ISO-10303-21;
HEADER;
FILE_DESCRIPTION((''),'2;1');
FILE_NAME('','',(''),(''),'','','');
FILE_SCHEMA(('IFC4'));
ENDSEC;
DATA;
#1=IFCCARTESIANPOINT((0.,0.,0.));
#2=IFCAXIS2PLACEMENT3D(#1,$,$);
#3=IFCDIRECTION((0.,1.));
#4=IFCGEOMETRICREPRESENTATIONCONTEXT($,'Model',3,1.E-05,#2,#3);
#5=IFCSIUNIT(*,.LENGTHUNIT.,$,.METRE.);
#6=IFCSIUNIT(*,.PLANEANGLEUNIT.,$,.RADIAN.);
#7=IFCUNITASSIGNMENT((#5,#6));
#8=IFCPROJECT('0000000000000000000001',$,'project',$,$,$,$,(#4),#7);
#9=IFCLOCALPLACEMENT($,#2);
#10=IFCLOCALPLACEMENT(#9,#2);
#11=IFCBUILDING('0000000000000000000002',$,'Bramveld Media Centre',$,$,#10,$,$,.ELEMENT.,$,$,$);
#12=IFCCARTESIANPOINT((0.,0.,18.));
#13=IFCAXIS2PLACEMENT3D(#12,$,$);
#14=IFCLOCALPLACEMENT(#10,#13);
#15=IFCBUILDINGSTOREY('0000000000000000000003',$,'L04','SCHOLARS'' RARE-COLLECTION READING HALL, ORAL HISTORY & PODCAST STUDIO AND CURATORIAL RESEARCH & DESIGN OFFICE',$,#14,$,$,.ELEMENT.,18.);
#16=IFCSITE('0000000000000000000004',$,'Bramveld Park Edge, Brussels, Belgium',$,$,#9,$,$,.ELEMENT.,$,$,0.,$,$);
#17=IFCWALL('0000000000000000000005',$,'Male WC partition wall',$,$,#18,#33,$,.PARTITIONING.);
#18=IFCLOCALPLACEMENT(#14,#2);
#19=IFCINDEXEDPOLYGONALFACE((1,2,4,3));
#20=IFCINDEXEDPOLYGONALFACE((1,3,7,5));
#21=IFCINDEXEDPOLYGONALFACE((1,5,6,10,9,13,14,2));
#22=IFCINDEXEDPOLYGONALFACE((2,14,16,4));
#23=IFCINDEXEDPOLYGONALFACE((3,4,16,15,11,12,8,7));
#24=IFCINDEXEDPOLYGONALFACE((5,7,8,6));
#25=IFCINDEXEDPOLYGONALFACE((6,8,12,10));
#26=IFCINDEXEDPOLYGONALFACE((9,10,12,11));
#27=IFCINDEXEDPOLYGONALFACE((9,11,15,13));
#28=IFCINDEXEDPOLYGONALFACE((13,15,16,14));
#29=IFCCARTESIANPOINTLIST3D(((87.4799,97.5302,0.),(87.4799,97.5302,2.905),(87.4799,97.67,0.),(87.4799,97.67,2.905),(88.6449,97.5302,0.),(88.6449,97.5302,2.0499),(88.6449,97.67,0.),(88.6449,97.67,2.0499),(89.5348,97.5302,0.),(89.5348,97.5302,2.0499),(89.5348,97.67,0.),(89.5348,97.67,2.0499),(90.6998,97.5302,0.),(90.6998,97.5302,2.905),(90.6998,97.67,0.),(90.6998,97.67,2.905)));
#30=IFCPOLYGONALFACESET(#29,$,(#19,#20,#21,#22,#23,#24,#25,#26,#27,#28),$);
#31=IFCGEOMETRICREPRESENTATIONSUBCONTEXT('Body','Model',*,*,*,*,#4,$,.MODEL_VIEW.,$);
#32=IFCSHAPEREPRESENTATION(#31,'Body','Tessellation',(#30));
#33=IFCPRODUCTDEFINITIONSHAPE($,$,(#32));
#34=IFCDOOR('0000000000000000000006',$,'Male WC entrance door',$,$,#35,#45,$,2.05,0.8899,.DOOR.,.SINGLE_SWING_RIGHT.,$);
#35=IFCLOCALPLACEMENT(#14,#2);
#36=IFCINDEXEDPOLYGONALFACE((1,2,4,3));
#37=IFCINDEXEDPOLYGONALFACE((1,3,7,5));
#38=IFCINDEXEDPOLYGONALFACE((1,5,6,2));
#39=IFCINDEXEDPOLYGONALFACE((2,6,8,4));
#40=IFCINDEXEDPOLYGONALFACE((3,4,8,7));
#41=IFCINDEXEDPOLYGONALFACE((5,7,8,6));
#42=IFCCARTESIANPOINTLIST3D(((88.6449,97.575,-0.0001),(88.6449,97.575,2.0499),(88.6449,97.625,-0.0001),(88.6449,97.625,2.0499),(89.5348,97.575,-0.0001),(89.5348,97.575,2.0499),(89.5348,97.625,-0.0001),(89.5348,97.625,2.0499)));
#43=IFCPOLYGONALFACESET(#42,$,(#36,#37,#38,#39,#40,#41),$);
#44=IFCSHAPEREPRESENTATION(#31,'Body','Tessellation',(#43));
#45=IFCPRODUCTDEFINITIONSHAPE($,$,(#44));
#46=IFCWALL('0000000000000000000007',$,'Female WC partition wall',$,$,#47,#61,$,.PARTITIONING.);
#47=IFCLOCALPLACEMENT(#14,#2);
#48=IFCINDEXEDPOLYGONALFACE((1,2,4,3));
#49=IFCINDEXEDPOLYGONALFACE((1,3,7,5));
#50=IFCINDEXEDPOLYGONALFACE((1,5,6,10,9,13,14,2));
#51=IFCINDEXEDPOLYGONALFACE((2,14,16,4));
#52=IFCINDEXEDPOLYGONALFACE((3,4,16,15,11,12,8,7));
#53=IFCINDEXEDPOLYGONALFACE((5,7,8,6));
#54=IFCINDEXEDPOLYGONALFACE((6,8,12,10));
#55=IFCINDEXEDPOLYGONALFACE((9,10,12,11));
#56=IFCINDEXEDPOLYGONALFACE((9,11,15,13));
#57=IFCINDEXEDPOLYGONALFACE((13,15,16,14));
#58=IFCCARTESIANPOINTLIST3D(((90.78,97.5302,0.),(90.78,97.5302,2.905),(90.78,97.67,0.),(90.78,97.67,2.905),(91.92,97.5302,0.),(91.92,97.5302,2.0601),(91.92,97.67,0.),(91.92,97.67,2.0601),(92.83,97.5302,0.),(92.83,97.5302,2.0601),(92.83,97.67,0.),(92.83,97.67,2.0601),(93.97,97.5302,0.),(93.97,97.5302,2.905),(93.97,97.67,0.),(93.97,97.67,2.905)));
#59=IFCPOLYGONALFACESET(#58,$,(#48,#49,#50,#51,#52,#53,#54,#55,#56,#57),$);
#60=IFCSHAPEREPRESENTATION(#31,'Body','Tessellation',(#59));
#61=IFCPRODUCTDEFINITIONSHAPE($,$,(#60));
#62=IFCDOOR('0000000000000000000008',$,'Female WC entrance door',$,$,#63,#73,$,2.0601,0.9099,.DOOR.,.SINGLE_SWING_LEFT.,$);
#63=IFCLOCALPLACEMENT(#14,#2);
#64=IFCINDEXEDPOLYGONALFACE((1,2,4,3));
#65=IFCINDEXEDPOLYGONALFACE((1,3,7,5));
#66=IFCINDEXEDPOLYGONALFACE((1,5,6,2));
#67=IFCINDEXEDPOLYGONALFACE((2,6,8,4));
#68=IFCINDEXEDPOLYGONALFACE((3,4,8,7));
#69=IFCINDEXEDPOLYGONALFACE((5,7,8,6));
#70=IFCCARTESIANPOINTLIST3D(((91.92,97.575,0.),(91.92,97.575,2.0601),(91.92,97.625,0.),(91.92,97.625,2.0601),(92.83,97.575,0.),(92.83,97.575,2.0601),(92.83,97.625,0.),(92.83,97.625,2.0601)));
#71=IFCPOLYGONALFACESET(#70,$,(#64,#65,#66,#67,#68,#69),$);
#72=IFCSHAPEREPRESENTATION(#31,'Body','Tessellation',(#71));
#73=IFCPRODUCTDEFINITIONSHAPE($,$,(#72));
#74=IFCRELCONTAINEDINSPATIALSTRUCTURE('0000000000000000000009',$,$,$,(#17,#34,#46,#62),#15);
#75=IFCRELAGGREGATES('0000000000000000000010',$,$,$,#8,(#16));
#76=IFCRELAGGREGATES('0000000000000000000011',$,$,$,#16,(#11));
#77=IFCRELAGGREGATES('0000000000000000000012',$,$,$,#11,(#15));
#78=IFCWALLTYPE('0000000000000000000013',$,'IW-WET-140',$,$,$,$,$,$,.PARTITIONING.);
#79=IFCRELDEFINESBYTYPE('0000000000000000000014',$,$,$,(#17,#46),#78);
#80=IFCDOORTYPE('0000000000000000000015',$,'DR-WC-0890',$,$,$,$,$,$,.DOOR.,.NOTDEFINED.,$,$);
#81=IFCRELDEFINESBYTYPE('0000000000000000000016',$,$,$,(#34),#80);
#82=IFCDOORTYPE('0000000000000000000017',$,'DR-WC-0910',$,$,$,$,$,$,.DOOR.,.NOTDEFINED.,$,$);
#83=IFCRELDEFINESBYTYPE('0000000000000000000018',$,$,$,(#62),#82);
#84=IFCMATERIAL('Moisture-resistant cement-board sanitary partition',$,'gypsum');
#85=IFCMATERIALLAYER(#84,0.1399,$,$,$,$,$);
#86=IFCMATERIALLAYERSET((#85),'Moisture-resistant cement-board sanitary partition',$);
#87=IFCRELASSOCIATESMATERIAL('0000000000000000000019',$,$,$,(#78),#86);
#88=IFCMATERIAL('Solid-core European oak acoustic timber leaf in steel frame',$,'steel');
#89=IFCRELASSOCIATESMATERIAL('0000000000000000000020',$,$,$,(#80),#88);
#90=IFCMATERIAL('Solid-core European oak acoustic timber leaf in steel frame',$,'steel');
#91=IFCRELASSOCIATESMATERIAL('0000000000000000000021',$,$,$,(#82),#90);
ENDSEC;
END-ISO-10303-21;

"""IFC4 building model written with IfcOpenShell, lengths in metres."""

from ifc_helpers import new_model, si_unit, direction, frame, frame_2d, origin, place, context, subcontext, project, spatial, rectangle, extrude, material, layer, layer_set, type_object, element, fill, save


model = new_model("IFC4")

# Units and contexts
model_context = context("Model", 3, precision=1e-05, world=origin(), true_north=direction((0.0, 1.0)))
body_context = subcontext(model_context, "Body", "Model", "MODEL_VIEW")
ifc_project = project(units=[si_unit("LENGTHUNIT", "METRE"), si_unit("PLANEANGLEUNIT", "RADIAN")], contexts=[model_context])

# Site, building, storey
site_placement = place(None, origin())
site = spatial("IfcSite", under=ifc_project, at=site_placement, Name="Bramveld Park Edge, Brussels, Belgium", CompositionType="ELEMENT", RefElevation=0.0)
building_placement = place(site_placement, origin())
building = spatial("IfcBuilding", under=site, at=building_placement, Name="Bramveld Media Centre", CompositionType="ELEMENT")
storey_placement = place(building_placement, frame((0.0, 0.0, 18.0)))
storey = spatial("IfcBuildingStorey", under=building, at=storey_placement, Name="L04", Description="SCHOLARS' RARE-COLLECTION READING HALL, ORAL HISTORY & PODCAST STUDIO AND CURATORIAL RESEARCH & DESIGN OFFICE", CompositionType="ELEMENT", Elevation=18.0)

# Shared definitions
ifc_material_1 = material(Name="Moisture-resistant cement-board sanitary partition", Category="gypsum")
ifc_layer_1 = layer(ifc_material_1, 0.1399)
ifc_layer_set_1 = layer_set([ifc_layer_1], Name="Moisture-resistant cement-board sanitary partition")
wall_type_1 = type_object("IfcWallType", Name="IW-WET-140", PredefinedType="PARTITIONING", material=ifc_layer_set_1)

# Walls, openings, doors
wall_1_placement = place(storey_placement, frame((87.48, 97.6001, 0.0), z_axis=(0.0, 0.0, 1.0), x_axis=(1.0, 0.0, 0.0)))
wall_1 = element("IfcWall", 1, at=wall_1_placement, inside=storey, type_object=wall_type_1, Name="Male WC partition wall", PredefinedType="PARTITIONING", context=body_context, shape_type="SweptSolid", body=[
    extrude(rectangle(XDim=3.22, YDim=0.1399, at=frame_2d((1.6099, 0.0))), origin(), (0.0, 0.0, 1.0), 2.905),
])
opening_1_placement = place(wall_1_placement, frame((1.165, 0.0, 0.0)))
opening_1 = element("IfcOpeningElement", 2, at=opening_1_placement, cuts=wall_1, PredefinedType="OPENING", context=body_context, shape_type="SweptSolid", body=[
    extrude(rectangle(XDim=0.8899, YDim=2.05, at=frame_2d((0.4448, 1.0249))), frame((0.0, 0.082, 0.0), z_axis=(0.0, -1.0, 0.0), x_axis=(1.0, 0.0, 0.0)), (0.0, 0.0, 1.0), 0.1638),
])
ifc_material_2 = material(Name="Solid-core European oak acoustic timber leaf in steel frame", Category="steel")
door_type_1 = type_object("IfcDoorType", Name="DR-WC-0890", OperationType="NOTDEFINED", PredefinedType="DOOR", material=ifc_material_2)
door_1_placement = place(opening_1_placement, origin())
door_1 = element("IfcDoor", 3, at=door_1_placement, inside=storey, type_object=door_type_1, Name="Male WC entrance door", OperationType="SINGLE_SWING_RIGHT", OverallHeight=2.05, OverallWidth=0.8899, PredefinedType="DOOR", context=body_context, shape_type="SweptSolid", body=[
    extrude(rectangle(XDim=0.8899, YDim=2.05, at=frame_2d((0.4448, 1.0249))), frame((0.0, 0.0249, 0.0), z_axis=(0.0, -1.0, 0.0), x_axis=(1.0, 0.0, 0.0)), (0.0, 0.0, 1.0), 0.05),
])
fill(opening_1, door_1)
wall_2_placement = place(storey_placement, frame((90.78, 97.6001, 0.0), z_axis=(0.0, 0.0, 1.0), x_axis=(1.0, 0.0, 0.0)))
wall_2 = element("IfcWall", 4, at=wall_2_placement, inside=storey, type_object=wall_type_1, Name="Female WC partition wall", PredefinedType="PARTITIONING", context=body_context, shape_type="SweptSolid", body=[
    extrude(rectangle(XDim=3.1899, YDim=0.1399, at=frame_2d((1.595, 0.0))), origin(), (0.0, 0.0, 1.0), 2.905),
])
opening_2_placement = place(wall_2_placement, frame((1.1399, 0.0, 0.0)))
opening_2 = element("IfcOpeningElement", 5, at=opening_2_placement, cuts=wall_2, PredefinedType="OPENING", context=body_context, shape_type="SweptSolid", body=[
    extrude(rectangle(XDim=0.9099, YDim=2.0601, at=frame_2d((0.4551, 1.03))), frame((0.0, 0.082, 0.0), z_axis=(0.0, -1.0, 0.0), x_axis=(1.0, 0.0, 0.0)), (0.0, 0.0, 1.0), 0.1638),
])
ifc_material_3 = material(Name="Solid-core European oak acoustic timber leaf in steel frame", Category="steel")
door_type_2 = type_object("IfcDoorType", Name="DR-WC-0910", OperationType="NOTDEFINED", PredefinedType="DOOR", material=ifc_material_3)
door_2_placement = place(opening_2_placement, origin())
door_2 = element("IfcDoor", 6, at=door_2_placement, inside=storey, type_object=door_type_2, Name="Female WC entrance door", OperationType="SINGLE_SWING_LEFT", OverallHeight=2.0601, OverallWidth=0.9099, PredefinedType="DOOR", context=body_context, shape_type="SweptSolid", body=[
    extrude(rectangle(XDim=0.9099, YDim=2.0601, at=frame_2d((0.4551, 1.03))), frame((0.0, 0.0249, 0.0), z_axis=(0.0, -1.0, 0.0), x_axis=(1.0, 0.0, 0.0)), (0.0, 0.0, 1.0), 0.05),
])
fill(opening_2, door_2)

save(model, "model.ifc")
